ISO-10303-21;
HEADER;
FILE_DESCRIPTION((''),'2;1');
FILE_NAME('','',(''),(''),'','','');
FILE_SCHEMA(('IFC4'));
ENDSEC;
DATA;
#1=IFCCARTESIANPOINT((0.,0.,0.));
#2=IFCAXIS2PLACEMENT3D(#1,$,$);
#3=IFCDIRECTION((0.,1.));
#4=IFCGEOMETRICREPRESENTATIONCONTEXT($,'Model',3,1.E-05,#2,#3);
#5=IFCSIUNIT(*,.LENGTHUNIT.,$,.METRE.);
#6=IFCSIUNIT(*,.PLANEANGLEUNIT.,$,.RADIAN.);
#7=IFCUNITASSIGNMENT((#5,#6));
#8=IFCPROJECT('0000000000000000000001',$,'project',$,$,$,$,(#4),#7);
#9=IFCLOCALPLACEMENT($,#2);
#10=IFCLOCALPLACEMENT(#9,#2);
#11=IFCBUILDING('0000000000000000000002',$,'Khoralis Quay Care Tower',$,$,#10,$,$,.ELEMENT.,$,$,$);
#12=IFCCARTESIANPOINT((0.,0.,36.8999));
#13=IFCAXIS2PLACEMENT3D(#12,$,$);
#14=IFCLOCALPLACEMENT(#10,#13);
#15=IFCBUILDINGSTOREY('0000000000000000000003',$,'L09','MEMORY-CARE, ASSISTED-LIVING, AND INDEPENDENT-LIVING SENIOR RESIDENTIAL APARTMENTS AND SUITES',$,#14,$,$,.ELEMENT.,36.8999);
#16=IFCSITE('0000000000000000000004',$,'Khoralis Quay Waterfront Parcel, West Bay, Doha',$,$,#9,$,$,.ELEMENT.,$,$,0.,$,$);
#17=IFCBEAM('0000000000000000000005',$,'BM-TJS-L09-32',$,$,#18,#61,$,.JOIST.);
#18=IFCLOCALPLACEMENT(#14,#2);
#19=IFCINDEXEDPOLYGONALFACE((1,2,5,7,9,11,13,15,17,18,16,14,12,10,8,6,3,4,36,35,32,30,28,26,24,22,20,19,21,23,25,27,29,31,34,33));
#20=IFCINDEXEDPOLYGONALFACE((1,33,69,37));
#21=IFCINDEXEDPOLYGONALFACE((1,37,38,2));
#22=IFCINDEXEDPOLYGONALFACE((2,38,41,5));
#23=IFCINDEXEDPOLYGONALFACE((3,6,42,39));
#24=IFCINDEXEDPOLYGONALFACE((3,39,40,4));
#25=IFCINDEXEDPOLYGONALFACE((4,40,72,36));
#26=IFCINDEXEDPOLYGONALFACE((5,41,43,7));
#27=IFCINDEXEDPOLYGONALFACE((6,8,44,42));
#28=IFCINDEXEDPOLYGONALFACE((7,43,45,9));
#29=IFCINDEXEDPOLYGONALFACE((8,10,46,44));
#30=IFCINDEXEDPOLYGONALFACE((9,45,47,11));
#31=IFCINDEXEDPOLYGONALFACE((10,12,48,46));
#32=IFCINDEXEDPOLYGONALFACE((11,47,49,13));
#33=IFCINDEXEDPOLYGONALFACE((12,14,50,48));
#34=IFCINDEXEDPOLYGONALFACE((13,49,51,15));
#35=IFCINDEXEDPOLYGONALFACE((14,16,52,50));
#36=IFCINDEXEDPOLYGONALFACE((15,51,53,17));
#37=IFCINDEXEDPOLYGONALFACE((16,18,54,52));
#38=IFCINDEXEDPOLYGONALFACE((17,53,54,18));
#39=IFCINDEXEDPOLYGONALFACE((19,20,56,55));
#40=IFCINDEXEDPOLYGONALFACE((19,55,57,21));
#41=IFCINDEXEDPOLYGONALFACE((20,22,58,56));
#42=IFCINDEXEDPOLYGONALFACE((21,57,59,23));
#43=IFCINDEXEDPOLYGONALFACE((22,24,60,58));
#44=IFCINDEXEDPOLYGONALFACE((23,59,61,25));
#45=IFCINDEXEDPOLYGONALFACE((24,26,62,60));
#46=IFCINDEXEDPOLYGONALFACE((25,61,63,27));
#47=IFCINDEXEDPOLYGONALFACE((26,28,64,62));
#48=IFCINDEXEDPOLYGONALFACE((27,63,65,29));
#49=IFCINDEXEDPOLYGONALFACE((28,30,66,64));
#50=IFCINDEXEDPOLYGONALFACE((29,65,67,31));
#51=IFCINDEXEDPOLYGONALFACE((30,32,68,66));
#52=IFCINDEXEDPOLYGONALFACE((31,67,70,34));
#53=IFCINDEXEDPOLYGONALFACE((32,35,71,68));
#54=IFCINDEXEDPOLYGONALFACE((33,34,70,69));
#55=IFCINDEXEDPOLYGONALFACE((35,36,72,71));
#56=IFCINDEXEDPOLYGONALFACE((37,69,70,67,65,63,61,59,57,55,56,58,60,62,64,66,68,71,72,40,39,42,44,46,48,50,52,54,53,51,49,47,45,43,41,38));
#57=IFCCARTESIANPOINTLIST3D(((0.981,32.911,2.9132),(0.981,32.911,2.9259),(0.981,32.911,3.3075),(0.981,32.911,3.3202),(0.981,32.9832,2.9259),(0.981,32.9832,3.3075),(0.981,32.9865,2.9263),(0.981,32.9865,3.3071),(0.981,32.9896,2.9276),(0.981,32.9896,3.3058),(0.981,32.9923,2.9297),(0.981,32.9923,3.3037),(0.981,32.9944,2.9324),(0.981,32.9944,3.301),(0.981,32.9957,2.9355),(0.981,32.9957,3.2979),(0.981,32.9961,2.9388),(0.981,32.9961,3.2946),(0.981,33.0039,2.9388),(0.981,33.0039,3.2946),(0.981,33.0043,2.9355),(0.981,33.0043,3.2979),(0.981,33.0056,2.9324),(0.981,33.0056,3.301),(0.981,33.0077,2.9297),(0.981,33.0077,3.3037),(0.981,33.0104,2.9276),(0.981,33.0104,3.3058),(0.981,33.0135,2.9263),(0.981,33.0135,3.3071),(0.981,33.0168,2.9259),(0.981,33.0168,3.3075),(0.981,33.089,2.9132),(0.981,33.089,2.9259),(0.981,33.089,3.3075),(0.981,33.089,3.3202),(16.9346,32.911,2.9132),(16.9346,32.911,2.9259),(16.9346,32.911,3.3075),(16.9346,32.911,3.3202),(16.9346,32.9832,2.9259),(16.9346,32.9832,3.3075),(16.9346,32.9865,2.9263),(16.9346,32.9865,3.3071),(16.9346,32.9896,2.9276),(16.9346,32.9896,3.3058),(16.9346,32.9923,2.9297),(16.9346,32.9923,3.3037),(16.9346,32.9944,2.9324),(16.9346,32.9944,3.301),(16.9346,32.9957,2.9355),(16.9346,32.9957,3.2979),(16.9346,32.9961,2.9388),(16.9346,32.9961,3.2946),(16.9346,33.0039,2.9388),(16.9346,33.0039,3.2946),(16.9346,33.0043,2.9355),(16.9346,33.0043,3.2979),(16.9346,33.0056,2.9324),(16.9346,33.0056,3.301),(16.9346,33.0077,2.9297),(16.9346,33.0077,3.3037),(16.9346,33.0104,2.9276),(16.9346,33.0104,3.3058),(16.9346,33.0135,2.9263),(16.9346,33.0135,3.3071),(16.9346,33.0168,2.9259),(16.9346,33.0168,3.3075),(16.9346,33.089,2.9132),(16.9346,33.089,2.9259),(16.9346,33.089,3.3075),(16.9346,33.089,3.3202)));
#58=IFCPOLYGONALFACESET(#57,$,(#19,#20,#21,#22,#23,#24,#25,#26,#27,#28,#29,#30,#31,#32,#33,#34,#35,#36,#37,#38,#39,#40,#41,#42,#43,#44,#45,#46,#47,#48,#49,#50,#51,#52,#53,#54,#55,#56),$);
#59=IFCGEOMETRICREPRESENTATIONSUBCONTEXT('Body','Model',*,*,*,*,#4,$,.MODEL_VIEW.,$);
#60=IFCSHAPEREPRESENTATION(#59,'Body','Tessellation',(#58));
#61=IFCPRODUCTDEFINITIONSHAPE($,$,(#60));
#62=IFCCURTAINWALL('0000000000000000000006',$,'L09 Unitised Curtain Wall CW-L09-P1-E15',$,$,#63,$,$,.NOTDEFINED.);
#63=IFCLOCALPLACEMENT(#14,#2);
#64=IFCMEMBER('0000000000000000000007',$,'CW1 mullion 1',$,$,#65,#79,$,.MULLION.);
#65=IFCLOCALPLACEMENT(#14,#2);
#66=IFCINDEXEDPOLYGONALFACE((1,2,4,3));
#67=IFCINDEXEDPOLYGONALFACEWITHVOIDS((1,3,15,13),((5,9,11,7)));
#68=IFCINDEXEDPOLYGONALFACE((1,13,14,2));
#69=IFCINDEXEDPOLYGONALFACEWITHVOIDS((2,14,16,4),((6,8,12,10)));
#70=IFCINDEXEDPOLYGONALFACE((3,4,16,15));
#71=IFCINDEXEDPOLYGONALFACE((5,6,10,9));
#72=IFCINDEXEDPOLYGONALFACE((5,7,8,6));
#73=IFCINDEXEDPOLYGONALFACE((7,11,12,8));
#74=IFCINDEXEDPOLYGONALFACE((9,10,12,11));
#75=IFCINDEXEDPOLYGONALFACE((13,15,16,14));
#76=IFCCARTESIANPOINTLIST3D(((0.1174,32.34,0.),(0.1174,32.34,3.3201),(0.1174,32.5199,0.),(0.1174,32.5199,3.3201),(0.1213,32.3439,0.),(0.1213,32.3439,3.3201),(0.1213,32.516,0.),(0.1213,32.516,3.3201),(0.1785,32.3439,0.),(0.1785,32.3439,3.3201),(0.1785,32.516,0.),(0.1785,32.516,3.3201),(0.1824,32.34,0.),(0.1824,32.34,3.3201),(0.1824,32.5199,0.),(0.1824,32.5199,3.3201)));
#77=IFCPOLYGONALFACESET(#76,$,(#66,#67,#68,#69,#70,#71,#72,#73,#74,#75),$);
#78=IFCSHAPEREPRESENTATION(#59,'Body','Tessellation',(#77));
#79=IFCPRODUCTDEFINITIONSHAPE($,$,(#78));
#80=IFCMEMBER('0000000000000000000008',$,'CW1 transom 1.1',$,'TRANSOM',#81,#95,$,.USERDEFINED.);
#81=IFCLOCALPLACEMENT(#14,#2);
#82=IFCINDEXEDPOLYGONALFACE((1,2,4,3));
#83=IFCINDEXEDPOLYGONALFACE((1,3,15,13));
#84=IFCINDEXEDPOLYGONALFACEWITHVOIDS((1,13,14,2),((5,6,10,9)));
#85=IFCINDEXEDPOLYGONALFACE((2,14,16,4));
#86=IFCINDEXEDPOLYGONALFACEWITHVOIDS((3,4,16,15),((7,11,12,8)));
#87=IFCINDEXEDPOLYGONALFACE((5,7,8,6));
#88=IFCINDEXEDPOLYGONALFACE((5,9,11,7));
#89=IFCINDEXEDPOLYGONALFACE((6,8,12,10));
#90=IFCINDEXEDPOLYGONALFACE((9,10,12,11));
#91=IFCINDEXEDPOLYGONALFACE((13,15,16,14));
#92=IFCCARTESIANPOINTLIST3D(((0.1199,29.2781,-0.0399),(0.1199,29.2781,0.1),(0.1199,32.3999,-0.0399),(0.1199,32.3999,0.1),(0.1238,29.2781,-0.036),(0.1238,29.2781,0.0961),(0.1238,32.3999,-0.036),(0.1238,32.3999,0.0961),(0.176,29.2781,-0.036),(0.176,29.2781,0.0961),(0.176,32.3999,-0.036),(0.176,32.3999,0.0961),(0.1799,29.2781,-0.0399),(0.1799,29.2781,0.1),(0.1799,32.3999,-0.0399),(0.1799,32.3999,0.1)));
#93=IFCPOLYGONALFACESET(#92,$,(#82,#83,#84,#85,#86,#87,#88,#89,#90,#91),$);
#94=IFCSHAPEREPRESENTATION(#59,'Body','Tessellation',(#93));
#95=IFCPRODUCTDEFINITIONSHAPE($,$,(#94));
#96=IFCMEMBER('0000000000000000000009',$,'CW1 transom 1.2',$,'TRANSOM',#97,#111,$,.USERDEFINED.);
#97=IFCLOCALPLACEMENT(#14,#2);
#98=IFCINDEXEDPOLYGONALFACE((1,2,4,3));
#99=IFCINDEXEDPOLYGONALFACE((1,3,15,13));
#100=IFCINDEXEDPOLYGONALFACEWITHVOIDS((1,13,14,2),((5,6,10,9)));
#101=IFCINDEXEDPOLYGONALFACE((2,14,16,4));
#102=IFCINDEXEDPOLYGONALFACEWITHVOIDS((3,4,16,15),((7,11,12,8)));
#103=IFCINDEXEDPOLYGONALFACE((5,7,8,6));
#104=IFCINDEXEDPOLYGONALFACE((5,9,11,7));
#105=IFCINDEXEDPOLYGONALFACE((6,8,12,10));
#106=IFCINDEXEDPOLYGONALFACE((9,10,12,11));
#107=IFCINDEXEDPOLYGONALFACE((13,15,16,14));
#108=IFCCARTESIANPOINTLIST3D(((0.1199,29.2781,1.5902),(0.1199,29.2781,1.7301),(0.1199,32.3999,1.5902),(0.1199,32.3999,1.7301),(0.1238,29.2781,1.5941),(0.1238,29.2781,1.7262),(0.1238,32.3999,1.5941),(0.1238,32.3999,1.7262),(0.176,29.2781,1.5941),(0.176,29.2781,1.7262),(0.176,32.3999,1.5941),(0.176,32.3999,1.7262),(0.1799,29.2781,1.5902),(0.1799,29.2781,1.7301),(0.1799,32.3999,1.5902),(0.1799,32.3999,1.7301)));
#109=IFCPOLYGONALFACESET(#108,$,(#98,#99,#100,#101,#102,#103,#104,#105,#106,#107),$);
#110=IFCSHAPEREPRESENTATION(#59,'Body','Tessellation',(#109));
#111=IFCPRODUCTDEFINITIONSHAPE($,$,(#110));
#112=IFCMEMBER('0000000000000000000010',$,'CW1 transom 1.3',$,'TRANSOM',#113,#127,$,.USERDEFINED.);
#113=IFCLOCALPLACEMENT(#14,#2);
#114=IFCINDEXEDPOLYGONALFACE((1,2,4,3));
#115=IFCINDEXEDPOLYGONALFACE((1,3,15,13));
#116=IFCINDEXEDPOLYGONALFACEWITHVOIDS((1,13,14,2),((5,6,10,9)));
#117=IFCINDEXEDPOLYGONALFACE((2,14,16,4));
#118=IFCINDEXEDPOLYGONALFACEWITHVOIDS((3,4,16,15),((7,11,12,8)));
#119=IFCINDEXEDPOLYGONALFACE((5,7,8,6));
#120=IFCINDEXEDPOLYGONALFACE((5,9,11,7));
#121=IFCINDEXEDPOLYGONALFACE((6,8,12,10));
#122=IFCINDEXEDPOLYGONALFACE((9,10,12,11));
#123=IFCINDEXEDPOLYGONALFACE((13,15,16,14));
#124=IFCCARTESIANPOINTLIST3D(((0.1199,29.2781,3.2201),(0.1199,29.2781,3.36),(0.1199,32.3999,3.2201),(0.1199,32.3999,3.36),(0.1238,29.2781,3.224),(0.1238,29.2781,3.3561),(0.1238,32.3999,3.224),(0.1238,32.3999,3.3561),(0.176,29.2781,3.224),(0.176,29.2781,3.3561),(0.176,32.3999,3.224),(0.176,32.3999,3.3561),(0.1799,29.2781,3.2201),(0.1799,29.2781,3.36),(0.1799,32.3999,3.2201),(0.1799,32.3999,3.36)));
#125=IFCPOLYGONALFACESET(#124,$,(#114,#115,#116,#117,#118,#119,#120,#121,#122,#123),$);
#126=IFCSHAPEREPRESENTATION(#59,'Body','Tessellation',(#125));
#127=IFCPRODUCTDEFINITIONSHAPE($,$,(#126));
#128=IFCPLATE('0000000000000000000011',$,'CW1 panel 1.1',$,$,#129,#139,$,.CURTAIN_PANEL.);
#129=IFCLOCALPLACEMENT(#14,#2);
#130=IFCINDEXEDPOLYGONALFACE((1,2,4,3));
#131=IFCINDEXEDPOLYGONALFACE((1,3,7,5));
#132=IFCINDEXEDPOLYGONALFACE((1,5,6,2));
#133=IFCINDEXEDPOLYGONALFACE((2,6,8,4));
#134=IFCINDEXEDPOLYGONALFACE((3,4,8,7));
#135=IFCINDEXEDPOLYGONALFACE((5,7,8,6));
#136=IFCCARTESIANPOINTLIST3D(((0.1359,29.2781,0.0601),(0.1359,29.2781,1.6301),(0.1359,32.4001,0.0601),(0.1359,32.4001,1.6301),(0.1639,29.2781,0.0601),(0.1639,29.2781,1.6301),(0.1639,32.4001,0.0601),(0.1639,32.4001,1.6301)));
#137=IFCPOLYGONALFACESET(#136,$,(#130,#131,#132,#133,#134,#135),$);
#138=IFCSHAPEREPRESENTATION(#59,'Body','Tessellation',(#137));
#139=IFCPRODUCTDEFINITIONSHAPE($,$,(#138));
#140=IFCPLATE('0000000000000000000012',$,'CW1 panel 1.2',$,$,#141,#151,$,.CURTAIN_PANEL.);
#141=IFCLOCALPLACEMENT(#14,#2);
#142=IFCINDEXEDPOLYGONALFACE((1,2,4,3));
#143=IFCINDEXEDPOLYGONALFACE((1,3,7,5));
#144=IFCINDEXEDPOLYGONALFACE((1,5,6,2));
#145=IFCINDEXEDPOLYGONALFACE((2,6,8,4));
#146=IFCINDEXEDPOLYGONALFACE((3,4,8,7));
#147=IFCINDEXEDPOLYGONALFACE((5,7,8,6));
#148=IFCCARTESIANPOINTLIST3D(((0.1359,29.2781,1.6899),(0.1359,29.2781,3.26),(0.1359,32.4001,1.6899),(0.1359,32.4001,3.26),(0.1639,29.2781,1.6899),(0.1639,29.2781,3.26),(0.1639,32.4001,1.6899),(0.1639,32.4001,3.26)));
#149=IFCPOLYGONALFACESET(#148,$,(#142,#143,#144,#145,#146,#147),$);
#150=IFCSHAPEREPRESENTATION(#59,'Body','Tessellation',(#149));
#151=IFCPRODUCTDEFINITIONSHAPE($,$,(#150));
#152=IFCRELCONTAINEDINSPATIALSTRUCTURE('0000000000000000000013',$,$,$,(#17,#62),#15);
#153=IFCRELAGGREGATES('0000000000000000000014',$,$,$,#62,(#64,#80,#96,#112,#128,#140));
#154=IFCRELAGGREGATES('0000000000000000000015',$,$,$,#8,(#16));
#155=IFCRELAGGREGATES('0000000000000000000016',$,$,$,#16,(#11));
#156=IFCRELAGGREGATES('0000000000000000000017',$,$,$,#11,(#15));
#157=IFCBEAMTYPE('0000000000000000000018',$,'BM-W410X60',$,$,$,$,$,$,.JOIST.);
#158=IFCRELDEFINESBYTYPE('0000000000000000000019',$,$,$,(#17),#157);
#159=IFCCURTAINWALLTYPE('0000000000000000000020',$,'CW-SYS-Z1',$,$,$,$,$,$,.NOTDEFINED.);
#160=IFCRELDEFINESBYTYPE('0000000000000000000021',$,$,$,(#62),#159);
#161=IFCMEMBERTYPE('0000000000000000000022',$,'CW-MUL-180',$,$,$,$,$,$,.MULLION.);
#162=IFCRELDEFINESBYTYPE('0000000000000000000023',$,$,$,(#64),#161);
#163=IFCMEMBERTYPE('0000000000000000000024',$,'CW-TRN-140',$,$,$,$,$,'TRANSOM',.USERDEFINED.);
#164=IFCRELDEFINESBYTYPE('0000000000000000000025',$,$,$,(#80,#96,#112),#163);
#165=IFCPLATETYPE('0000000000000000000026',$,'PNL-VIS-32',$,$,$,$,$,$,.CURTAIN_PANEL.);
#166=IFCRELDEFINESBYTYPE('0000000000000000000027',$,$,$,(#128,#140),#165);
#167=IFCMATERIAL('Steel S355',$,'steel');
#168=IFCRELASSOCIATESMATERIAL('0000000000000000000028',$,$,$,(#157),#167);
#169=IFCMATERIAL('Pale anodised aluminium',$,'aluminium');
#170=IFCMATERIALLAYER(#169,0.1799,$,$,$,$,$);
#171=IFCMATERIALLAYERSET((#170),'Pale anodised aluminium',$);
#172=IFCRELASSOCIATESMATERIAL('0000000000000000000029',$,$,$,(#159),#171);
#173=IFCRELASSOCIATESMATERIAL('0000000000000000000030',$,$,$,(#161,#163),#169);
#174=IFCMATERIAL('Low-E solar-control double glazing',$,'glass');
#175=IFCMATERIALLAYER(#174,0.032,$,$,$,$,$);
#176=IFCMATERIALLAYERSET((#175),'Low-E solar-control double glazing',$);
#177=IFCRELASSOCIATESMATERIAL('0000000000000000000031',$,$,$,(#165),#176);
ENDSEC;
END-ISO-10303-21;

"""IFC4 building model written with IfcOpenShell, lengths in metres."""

from ifc_helpers import new_model, si_unit, direction, frame, origin, origin_2d, place, context, subcontext, project, spatial, rectangle, hollow_rectangle, i_section, extrude, source, transform, mapped, material, layer, layer_set, material_profile, profile_set, type_object, element, aggregate, save


model = new_model("IFC4")

# Units and contexts
model_context = context("Model", 3, precision=1e-05, world=origin(), true_north=direction((0.0, 1.0)))
body_context = subcontext(model_context, "Body", "Model", "MODEL_VIEW")
ifc_project = project(units=[si_unit("LENGTHUNIT", "METRE"), si_unit("PLANEANGLEUNIT", "RADIAN")], contexts=[model_context])

# Site, building, storey
site_placement = place(None, origin())
site = spatial("IfcSite", under=ifc_project, at=site_placement, Name="Khoralis Quay Waterfront Parcel, West Bay, Doha", CompositionType="ELEMENT", RefElevation=0.0)
building_placement = place(site_placement, origin())
building = spatial("IfcBuilding", under=site, at=building_placement, Name="Khoralis Quay Care Tower", CompositionType="ELEMENT")
storey_placement = place(building_placement, frame((0.0, 0.0, 36.8999)))
storey = spatial("IfcBuildingStorey", under=building, at=storey_placement, Name="L09", Description="MEMORY-CARE, ASSISTED-LIVING, AND INDEPENDENT-LIVING SENIOR RESIDENTIAL APARTMENTS AND SUITES", CompositionType="ELEMENT", Elevation=36.8999)

# Beam
ifc_material_1 = material(Name="Steel S355", Category="steel")
ifc_material_profile_1 = material_profile(ifc_material_1, i_section(OverallWidth=0.178, OverallDepth=0.407, WebThickness=0.0078, FlangeThickness=0.0127, FilletRadius=0.0129, at=origin_2d()), Name="Steel S355")
ifc_profile_set_1 = profile_set([ifc_material_profile_1], Name="Steel S355")
beam_type_1 = type_object("IfcBeamType", Name="BM-W410X60", PredefinedType="JOIST", material=ifc_profile_set_1)
shared_shape_1 = source(origin(), body_context, "Body", "SweptSolid", [
    extrude(i_section(OverallWidth=0.178, OverallDepth=0.407, WebThickness=0.0078, FlangeThickness=0.0127, FilletRadius=0.0129, at=origin_2d()), origin(), (0.0, 0.0, 1.0), 15.9536),
])
beam_1_placement = place(storey_placement, frame((0.981, 33.0, 3.1167), z_axis=(1.0, 0.0, 0.0), x_axis=(0.0, 1.0, 0.0)))
element("IfcBeam", 1, at=beam_1_placement, inside=storey, type_object=beam_type_1, Name="BM-TJS-L09-32", PredefinedType="JOIST", context=body_context, shape_type="MappedRepresentation", body=[
    mapped(shared_shape_1, transform((0.0, 0.0, 0.0), scale=1.0)),
])

# Curtain wall, members, plates
ifc_material_2 = material(Name="Pale anodised aluminium", Category="aluminium")
ifc_layer_1 = layer(ifc_material_2, 0.1799)
ifc_layer_set_1 = layer_set([ifc_layer_1], Name="Pale anodised aluminium")
curtain_wall_type = type_object("IfcCurtainWallType", Name="CW-SYS-Z1", PredefinedType="NOTDEFINED", material=ifc_layer_set_1)
curtain_wall_placement = place(storey_placement, origin())
curtain_wall = element("IfcCurtainWall", 2, at=curtain_wall_placement, inside=storey, type_object=curtain_wall_type, Name="L09 Unitised Curtain Wall CW-L09-P1-E15", PredefinedType="NOTDEFINED")
ifc_material_profile_2 = material_profile(ifc_material_2, hollow_rectangle(XDim=0.0649, YDim=0.1799, WallThickness=0.0039, at=origin_2d()), Name="Pale anodised aluminium")
ifc_profile_set_2 = profile_set([ifc_material_profile_2], Name="Pale anodised aluminium")
member_type_1 = type_object("IfcMemberType", Name="CW-MUL-180", PredefinedType="MULLION", material=ifc_profile_set_2)
shared_shape_2 = source(origin(), body_context, "Body", "SweptSolid", [
    extrude(hollow_rectangle(XDim=0.0649, YDim=0.1799, WallThickness=0.0039, at=origin_2d()), origin(), (0.0, 0.0, 1.0), 3.3201),
])
member_1_placement = place(storey_placement, frame((0.1499, 32.4299, 0.0), z_axis=(0.0, 0.0, 1.0), x_axis=(1.0, 0.0, 0.0)))
member_1 = element("IfcMember", 3, at=member_1_placement, type_object=member_type_1, Name="CW1 mullion 1", PredefinedType="MULLION", context=body_context, shape_type="MappedRepresentation", body=[
    mapped(shared_shape_2, transform((0.0, 0.0, 0.0), scale=1.0)),
])
ifc_material_profile_3 = material_profile(ifc_material_2, hollow_rectangle(XDim=0.0601, YDim=0.1399, WallThickness=0.0039, at=origin_2d()), Name="Pale anodised aluminium")
ifc_profile_set_3 = profile_set([ifc_material_profile_3], Name="Pale anodised aluminium")
member_type_2 = type_object("IfcMemberType", Name="CW-TRN-140", ElementType="TRANSOM", PredefinedType="USERDEFINED", material=ifc_profile_set_3)
shared_shape_3 = source(origin(), body_context, "Body", "SweptSolid", [
    extrude(hollow_rectangle(XDim=0.0601, YDim=0.1399, WallThickness=0.0039, at=origin_2d()), origin(), (0.0, 0.0, 1.0), 3.1218),
])
member_2_placement = place(storey_placement, frame((0.1499, 32.3999, 0.03), z_axis=(0.0, -1.0, 0.0), x_axis=(1.0, 0.0, 0.0)))
member_2 = element("IfcMember", 4, at=member_2_placement, type_object=member_type_2, Name="CW1 transom 1.1", ObjectType="TRANSOM", PredefinedType="USERDEFINED", context=body_context, shape_type="MappedRepresentation", body=[
    mapped(shared_shape_3, transform((0.0, 0.0, 0.0), scale=1.0)),
])
member_3_placement = place(storey_placement, frame((0.1499, 32.3999, 1.6602), z_axis=(0.0, -1.0, 0.0), x_axis=(1.0, 0.0, 0.0)))
member_3 = element("IfcMember", 5, at=member_3_placement, type_object=member_type_2, Name="CW1 transom 1.2", ObjectType="TRANSOM", PredefinedType="USERDEFINED", context=body_context, shape_type="MappedRepresentation", body=[
    mapped(shared_shape_3, transform((0.0, 0.0, 0.0), scale=1.0)),
])
member_4_placement = place(storey_placement, frame((0.1499, 32.3999, 3.29), z_axis=(0.0, -1.0, 0.0), x_axis=(1.0, 0.0, 0.0)))
member_4 = element("IfcMember", 6, at=member_4_placement, type_object=member_type_2, Name="CW1 transom 1.3", ObjectType="TRANSOM", PredefinedType="USERDEFINED", context=body_context, shape_type="MappedRepresentation", body=[
    mapped(shared_shape_3, transform((0.0, 0.0, 0.0), scale=1.0)),
])
ifc_material_3 = material(Name="Low-E solar-control double glazing", Category="glass")
ifc_layer_2 = layer(ifc_material_3, 0.032)
ifc_layer_set_2 = layer_set([ifc_layer_2], Name="Low-E solar-control double glazing")
plate_type = type_object("IfcPlateType", Name="PNL-VIS-32", PredefinedType="CURTAIN_PANEL", material=ifc_layer_set_2)
shared_shape_4 = source(origin(), body_context, "Body", "SweptSolid", [
    extrude(rectangle(XDim=3.1221, YDim=0.0281, at=origin_2d()), origin(), (0.0, 0.0, 1.0), 1.5701),
])
plate_1_placement = place(storey_placement, frame((0.1499, 30.8391, 0.0601), z_axis=(0.0, 0.0, 1.0), x_axis=(0.0, -1.0, 0.0)))
plate_1 = element("IfcPlate", 7, at=plate_1_placement, type_object=plate_type, Name="CW1 panel 1.1", PredefinedType="CURTAIN_PANEL", context=body_context, shape_type="MappedRepresentation", body=[
    mapped(shared_shape_4, transform((0.0, 0.0, 0.0), scale=1.0)),
])
plate_2_placement = place(storey_placement, frame((0.1499, 30.8391, 1.6899), z_axis=(0.0, 0.0, 1.0), x_axis=(0.0, -1.0, 0.0)))
plate_2 = element("IfcPlate", 8, at=plate_2_placement, type_object=plate_type, Name="CW1 panel 1.2", PredefinedType="CURTAIN_PANEL", context=body_context, shape_type="MappedRepresentation", body=[
    mapped(shared_shape_4, transform((0.0, 0.0, 0.0), scale=1.0)),
])
aggregate(curtain_wall, [member_1, member_2, member_3, member_4, plate_1, plate_2])

save(model, "model.ifc")
